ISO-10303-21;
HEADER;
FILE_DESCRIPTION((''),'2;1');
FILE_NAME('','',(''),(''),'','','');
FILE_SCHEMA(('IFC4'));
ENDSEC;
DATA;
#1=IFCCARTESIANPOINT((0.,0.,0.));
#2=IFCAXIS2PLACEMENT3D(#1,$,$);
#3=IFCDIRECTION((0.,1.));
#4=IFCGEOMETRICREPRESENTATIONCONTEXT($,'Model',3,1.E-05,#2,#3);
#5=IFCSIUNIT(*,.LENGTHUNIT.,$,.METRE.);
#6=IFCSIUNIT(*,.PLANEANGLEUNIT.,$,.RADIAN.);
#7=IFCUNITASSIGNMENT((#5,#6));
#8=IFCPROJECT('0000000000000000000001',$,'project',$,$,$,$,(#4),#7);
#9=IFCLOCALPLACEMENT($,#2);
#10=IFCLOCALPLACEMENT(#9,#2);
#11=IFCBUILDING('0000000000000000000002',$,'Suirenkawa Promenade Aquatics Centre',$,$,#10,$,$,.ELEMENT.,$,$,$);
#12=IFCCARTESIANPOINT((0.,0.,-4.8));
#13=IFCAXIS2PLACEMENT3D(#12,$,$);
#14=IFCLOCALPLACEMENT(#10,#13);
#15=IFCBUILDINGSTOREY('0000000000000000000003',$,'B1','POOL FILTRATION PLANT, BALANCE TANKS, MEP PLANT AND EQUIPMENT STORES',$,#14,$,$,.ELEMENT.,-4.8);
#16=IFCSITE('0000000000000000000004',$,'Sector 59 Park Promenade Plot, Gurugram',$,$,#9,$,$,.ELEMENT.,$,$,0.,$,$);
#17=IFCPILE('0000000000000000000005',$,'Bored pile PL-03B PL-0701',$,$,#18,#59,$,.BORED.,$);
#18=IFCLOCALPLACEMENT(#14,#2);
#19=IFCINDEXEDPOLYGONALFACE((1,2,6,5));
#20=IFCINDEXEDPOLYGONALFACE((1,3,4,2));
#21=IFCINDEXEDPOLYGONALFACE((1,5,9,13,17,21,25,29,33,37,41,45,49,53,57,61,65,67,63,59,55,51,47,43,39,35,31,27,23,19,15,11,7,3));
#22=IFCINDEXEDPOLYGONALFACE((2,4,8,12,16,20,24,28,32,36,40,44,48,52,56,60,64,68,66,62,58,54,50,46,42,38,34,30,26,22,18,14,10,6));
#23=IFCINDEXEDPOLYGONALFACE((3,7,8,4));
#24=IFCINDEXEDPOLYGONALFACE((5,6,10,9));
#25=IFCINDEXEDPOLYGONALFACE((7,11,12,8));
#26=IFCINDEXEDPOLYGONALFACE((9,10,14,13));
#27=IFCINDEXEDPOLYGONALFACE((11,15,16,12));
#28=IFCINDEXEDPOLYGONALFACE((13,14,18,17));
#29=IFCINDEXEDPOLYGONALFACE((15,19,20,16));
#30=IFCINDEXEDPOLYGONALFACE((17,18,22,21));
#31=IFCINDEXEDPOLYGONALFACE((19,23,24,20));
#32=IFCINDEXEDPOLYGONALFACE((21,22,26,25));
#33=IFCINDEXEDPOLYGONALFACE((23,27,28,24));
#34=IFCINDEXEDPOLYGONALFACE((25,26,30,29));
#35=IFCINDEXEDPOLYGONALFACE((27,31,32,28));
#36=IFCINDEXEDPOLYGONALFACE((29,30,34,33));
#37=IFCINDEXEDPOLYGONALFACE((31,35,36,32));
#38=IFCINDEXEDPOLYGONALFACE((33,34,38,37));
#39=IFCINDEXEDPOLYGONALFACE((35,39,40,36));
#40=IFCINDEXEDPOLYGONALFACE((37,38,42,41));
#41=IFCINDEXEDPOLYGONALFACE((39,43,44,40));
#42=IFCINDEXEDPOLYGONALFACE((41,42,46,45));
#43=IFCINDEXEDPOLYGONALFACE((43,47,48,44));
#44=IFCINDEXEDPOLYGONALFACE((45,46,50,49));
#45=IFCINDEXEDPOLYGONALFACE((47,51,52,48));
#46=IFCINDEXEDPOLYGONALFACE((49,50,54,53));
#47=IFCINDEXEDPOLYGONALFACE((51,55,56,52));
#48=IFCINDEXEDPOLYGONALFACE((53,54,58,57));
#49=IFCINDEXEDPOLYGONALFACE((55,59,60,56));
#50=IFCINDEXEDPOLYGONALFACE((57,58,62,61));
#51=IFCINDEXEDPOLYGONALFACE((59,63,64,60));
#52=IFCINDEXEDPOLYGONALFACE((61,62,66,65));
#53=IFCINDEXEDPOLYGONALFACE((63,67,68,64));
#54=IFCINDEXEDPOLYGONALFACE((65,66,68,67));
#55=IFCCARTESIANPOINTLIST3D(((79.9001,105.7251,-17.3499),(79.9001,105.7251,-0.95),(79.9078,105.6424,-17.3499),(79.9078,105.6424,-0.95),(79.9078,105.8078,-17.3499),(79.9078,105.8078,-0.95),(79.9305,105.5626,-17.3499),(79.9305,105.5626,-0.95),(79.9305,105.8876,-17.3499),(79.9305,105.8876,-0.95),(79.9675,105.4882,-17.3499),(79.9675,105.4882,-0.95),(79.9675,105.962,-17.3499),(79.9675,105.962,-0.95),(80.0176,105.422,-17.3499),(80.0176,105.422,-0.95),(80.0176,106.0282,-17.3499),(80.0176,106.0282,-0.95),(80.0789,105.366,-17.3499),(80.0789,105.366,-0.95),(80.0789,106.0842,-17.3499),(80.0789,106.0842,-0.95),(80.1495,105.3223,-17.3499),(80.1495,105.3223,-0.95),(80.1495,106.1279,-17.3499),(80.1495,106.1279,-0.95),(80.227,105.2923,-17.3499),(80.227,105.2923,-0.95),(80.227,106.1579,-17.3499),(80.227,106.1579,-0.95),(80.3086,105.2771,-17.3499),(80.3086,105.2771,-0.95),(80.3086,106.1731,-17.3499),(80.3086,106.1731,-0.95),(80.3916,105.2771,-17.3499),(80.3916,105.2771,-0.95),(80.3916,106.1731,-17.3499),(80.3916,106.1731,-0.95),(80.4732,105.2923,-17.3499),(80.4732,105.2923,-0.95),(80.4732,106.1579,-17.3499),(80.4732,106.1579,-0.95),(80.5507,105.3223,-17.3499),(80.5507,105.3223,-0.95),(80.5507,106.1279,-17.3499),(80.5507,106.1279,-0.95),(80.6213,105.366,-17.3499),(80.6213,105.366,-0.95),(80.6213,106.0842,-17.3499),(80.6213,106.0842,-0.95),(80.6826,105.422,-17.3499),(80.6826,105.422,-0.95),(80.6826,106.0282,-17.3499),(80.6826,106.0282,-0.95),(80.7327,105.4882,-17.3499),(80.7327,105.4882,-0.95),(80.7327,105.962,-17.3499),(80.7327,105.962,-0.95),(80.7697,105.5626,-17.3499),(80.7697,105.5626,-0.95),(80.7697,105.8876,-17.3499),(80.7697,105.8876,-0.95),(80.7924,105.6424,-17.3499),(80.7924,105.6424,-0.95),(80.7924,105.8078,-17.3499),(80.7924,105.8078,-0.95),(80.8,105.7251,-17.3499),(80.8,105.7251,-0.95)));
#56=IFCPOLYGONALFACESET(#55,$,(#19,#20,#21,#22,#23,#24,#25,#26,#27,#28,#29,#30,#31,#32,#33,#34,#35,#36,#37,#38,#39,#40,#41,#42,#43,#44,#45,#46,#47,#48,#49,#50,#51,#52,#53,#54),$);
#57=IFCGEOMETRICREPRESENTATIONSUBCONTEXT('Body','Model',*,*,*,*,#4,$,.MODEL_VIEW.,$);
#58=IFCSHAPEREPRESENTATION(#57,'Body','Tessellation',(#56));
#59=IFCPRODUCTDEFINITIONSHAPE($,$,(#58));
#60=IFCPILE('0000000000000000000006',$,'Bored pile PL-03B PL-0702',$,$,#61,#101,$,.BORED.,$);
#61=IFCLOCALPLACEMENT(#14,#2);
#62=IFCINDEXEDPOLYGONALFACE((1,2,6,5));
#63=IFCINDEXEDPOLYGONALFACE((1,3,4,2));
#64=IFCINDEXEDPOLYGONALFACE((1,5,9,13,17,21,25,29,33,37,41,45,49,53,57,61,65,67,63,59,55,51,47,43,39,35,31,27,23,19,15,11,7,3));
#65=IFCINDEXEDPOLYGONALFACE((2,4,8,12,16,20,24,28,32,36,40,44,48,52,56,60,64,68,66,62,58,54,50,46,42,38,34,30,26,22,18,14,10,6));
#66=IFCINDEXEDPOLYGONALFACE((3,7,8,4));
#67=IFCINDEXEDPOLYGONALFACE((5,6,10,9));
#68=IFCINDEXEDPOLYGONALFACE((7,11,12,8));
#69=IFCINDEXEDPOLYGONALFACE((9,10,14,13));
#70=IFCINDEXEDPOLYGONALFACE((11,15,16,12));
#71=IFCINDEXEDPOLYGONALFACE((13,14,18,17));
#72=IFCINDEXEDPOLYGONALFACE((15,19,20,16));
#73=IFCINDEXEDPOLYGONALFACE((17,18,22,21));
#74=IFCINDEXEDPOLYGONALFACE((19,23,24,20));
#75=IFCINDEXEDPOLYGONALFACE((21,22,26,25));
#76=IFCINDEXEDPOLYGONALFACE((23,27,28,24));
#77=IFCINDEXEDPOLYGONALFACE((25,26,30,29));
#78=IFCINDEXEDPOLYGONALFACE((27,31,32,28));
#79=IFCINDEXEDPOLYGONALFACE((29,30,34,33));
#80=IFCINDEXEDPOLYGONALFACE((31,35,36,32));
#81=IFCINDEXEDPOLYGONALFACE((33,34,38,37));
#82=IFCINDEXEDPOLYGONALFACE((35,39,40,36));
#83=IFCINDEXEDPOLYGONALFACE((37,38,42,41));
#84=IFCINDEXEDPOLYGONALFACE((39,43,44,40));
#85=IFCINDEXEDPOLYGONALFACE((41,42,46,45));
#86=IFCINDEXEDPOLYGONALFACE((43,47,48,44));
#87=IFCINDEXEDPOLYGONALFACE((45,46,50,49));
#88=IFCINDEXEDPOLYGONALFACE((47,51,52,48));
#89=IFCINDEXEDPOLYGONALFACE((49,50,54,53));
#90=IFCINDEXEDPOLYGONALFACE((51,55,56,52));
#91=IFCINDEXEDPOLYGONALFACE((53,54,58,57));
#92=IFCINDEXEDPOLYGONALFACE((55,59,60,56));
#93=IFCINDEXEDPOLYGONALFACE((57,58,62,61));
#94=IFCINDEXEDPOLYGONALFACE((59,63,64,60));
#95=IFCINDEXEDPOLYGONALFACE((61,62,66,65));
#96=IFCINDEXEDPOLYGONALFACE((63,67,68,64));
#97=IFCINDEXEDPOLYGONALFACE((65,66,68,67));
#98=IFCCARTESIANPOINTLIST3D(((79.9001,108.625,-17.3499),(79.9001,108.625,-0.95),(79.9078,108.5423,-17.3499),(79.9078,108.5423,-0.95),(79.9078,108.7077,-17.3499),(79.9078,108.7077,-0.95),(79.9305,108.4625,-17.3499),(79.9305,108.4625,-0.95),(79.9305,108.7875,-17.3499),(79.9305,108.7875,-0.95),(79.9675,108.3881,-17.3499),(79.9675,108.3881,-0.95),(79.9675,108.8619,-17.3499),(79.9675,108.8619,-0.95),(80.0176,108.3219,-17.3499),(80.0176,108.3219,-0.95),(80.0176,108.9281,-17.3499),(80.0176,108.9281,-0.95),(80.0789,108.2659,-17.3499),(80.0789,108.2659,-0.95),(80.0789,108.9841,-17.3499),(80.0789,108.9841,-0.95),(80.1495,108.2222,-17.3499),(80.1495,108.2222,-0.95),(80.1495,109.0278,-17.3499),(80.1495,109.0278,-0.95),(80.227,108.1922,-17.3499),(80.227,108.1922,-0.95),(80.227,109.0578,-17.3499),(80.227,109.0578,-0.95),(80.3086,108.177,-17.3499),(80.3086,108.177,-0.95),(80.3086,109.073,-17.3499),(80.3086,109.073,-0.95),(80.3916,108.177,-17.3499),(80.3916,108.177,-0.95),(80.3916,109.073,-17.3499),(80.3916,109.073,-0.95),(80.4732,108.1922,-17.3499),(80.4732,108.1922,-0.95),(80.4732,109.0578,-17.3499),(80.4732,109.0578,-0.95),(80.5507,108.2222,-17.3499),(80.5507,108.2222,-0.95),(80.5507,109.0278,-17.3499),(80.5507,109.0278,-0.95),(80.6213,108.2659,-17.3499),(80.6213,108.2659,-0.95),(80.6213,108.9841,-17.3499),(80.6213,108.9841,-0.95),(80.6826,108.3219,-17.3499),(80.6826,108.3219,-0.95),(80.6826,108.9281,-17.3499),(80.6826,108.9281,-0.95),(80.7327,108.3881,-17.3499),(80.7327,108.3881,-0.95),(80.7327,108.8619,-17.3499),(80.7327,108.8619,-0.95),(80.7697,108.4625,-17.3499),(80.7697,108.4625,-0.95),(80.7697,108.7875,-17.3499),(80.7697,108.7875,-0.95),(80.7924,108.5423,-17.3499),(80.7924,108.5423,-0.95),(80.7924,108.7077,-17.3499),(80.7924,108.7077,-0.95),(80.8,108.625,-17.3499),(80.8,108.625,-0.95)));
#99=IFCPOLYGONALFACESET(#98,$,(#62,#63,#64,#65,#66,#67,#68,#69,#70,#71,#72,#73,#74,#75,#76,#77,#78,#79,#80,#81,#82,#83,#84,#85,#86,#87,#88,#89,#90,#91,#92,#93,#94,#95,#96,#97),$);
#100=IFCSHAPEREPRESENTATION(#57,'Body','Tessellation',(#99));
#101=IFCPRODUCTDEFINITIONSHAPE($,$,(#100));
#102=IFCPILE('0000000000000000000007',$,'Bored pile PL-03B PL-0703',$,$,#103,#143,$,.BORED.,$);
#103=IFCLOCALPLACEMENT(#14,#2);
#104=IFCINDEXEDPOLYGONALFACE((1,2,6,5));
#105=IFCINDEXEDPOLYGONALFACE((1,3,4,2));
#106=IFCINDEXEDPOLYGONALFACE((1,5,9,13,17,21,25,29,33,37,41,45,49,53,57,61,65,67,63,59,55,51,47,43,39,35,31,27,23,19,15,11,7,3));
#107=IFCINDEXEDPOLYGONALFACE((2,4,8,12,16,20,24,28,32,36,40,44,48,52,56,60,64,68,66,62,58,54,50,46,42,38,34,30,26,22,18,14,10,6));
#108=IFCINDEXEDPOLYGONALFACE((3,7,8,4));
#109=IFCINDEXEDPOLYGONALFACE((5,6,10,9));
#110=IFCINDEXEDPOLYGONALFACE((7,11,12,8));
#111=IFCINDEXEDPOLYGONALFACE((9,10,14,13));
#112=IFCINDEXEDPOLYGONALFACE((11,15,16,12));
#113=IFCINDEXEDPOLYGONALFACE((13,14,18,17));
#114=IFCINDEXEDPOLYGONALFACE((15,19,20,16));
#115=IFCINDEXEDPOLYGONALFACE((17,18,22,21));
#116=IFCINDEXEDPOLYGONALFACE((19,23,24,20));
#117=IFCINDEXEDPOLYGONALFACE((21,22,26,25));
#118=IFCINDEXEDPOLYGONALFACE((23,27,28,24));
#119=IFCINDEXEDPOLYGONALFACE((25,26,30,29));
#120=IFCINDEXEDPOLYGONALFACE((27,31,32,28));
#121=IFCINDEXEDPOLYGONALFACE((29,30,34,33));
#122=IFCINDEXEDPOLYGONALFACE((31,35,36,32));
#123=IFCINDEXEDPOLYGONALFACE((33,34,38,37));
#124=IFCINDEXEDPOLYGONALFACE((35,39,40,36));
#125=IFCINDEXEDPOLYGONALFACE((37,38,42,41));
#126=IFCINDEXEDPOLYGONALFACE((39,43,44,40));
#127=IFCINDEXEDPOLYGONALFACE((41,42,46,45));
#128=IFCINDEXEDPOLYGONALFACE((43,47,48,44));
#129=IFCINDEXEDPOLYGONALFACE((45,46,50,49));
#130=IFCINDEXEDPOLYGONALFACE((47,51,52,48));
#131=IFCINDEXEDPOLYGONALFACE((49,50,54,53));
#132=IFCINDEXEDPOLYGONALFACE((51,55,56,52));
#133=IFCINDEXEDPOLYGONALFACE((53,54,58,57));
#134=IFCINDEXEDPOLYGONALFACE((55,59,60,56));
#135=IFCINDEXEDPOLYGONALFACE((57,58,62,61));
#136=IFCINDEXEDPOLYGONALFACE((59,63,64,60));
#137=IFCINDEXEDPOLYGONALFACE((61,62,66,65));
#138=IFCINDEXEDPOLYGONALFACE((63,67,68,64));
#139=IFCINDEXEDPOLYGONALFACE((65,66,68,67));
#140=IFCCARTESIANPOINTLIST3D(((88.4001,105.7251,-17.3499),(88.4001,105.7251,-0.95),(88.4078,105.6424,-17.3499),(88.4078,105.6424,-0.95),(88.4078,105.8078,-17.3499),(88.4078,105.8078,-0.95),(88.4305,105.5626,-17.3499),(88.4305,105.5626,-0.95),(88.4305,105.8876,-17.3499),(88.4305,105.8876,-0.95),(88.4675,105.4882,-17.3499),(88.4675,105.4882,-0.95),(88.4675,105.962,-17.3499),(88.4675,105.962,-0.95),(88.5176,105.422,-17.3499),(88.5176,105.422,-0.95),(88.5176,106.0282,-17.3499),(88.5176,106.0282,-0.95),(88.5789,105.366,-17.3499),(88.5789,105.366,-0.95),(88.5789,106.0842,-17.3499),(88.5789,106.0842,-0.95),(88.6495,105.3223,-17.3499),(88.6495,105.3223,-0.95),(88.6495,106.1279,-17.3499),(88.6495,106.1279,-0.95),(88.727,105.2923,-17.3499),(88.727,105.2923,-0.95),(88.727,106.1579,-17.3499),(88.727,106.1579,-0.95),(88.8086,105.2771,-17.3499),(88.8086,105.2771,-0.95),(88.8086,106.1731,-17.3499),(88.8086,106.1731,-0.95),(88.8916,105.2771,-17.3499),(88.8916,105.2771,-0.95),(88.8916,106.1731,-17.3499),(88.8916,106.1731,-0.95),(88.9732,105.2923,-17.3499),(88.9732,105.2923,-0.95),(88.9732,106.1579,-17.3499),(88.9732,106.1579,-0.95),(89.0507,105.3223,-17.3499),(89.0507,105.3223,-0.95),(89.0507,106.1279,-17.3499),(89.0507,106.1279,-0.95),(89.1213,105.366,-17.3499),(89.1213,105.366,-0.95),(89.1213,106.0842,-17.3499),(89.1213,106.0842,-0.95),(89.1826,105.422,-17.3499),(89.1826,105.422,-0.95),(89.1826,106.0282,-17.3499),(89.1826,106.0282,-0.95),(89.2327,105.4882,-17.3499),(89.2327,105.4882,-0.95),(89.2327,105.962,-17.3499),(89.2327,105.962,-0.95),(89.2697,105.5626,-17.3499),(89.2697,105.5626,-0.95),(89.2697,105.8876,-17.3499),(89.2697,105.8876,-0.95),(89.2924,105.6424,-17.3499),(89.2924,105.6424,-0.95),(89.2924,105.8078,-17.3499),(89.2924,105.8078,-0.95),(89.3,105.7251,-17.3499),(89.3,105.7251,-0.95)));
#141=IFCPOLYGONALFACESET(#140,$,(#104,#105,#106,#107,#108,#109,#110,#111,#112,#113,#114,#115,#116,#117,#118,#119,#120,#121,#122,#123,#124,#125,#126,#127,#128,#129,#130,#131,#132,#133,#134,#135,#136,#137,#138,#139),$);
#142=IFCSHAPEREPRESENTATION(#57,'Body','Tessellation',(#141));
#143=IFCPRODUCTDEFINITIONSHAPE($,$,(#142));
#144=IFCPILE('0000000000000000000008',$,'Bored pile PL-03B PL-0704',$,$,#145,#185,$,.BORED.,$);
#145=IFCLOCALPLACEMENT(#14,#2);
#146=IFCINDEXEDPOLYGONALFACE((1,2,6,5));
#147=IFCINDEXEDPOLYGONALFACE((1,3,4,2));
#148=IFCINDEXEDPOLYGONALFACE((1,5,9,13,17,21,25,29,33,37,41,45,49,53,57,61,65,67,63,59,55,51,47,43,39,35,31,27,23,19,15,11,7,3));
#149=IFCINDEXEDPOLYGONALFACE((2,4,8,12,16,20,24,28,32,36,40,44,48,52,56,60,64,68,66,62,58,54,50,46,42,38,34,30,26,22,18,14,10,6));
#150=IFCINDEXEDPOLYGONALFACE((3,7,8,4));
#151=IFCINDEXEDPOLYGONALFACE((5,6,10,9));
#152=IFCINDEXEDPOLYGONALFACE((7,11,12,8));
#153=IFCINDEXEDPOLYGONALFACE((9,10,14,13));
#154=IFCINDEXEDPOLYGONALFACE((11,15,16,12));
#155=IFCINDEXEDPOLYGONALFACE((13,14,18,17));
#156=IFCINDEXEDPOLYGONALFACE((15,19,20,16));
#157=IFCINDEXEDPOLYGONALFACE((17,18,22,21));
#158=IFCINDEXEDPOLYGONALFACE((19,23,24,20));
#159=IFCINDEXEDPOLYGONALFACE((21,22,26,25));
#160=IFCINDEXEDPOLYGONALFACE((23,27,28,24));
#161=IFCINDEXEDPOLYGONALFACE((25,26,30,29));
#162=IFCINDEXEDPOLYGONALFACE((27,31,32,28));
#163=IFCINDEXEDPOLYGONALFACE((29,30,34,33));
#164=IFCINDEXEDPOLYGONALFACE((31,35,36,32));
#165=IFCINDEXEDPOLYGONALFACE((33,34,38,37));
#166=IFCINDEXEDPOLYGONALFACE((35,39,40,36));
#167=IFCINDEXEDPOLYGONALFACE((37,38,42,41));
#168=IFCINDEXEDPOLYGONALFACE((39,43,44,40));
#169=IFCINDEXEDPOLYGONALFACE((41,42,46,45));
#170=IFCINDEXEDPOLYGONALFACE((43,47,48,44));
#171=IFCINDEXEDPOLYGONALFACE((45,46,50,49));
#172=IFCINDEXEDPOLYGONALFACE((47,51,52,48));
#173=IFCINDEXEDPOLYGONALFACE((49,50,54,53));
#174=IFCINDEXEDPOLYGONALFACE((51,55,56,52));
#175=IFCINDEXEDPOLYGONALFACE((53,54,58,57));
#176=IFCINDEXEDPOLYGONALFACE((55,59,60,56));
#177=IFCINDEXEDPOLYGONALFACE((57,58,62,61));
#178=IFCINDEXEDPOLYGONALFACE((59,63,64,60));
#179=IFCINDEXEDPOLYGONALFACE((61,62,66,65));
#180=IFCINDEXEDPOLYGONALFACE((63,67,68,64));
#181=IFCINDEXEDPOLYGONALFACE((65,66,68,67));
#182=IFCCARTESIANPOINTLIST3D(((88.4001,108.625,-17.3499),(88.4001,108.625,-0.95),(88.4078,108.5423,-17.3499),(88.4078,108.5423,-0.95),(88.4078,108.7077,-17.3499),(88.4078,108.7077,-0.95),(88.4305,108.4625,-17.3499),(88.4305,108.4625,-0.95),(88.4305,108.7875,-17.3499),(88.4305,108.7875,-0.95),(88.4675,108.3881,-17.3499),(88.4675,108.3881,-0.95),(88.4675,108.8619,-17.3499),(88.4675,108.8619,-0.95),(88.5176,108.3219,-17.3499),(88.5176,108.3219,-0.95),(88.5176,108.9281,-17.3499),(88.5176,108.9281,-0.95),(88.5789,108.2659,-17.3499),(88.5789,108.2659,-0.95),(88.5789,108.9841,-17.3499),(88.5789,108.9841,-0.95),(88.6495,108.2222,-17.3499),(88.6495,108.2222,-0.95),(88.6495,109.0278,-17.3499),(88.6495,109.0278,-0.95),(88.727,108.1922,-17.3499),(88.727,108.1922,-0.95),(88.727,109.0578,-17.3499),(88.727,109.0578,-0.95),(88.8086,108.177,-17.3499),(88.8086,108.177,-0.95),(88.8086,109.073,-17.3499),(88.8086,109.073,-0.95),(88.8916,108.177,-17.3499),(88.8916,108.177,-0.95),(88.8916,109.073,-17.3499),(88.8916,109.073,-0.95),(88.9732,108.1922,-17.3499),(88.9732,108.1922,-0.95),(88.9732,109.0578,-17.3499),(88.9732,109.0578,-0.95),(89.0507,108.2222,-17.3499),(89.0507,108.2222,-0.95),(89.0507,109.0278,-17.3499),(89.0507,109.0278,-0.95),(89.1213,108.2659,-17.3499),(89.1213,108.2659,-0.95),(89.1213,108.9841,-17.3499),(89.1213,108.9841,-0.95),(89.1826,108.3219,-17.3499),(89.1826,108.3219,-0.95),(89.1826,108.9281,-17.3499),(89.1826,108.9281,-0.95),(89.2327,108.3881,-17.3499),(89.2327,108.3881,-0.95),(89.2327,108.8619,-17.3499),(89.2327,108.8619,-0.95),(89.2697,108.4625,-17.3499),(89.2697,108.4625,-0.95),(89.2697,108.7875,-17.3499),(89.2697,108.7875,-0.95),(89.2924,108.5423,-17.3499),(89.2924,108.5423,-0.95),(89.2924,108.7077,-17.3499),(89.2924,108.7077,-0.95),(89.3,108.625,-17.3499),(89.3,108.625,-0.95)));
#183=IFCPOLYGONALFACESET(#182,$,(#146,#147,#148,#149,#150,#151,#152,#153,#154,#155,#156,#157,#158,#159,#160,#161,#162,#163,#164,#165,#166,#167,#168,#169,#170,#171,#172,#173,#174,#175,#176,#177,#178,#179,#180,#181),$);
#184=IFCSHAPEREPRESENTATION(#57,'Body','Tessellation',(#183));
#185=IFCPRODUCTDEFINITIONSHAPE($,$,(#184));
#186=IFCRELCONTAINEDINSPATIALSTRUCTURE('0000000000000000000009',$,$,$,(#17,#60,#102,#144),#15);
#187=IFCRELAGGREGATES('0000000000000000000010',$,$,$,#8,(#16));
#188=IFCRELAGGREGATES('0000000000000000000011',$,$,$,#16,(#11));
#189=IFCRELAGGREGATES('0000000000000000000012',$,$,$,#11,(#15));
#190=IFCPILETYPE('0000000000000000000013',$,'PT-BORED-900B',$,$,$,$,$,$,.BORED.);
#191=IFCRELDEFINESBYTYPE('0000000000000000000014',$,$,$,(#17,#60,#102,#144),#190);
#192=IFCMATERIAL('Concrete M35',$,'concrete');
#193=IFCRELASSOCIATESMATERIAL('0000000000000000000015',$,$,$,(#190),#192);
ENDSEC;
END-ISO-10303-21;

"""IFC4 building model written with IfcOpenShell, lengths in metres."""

from ifc_helpers import new_model, si_unit, direction, frame, origin, origin_2d, place, context, subcontext, project, spatial, circle, extrude, material, material_profile, profile_set, type_object, element, save


model = new_model("IFC4")

# Units and contexts
model_context = context("Model", 3, precision=1e-05, world=origin(), true_north=direction((0.0, 1.0)))
body_context = subcontext(model_context, "Body", "Model", "MODEL_VIEW")
ifc_project = project(units=[si_unit("LENGTHUNIT", "METRE"), si_unit("PLANEANGLEUNIT", "RADIAN")], contexts=[model_context])

# Site, building, storey
site_placement = place(None, origin())
site = spatial("IfcSite", under=ifc_project, at=site_placement, Name="Sector 59 Park Promenade Plot, Gurugram", CompositionType="ELEMENT", RefElevation=0.0)
building_placement = place(site_placement, origin())
building = spatial("IfcBuilding", under=site, at=building_placement, Name="Suirenkawa Promenade Aquatics Centre", CompositionType="ELEMENT")
storey_placement = place(building_placement, frame((0.0, 0.0, -4.8)))
storey = spatial("IfcBuildingStorey", under=building, at=storey_placement, Name="B1", Description="POOL FILTRATION PLANT, BALANCE TANKS, MEP PLANT AND EQUIPMENT STORES", CompositionType="ELEMENT", Elevation=-4.8)

# Shared definitions
ifc_material_1 = material(Name="Concrete M35", Category="concrete")

# Piles
ifc_material_profile_1 = material_profile(ifc_material_1, circle(Radius=0.45, at=origin_2d()), Name="PILE D900", Category="concrete")
ifc_profile_set_1 = profile_set([ifc_material_profile_1], Name="Concrete M35")
pile_type_1 = type_object("IfcPileType", Name="PT-BORED-900B", PredefinedType="BORED", material=ifc_profile_set_1)
for number, where, z_axis, x_axis, name in (
    (1, (80.3501, 105.7251, -0.95), (0.0, 0.0, -1.0), (1.0, 0.0, 0.0), "Bored pile PL-03B PL-0701"),
    (2, (80.3501, 108.625, -0.95), (0.0, 0.0, -1.0), (1.0, 0.0, 0.0), "Bored pile PL-03B PL-0702"),
    (3, (88.8501, 105.7251, -0.95), (0.0, 0.0, -1.0), (1.0, 0.0, 0.0), "Bored pile PL-03B PL-0703"),
    (4, (88.8501, 108.625, -0.95), (0.0, 0.0, -1.0), (1.0, 0.0, 0.0), "Bored pile PL-03B PL-0704"),
):
    element("IfcPile", number, at=place(storey_placement, frame(where, z_axis=z_axis, x_axis=x_axis)), inside=storey, type_object=pile_type_1, Name=name, PredefinedType="BORED", context=body_context, shape_type="SweptSolid", body=[
        extrude(circle(Radius=0.45, at=origin_2d()), origin(), (0.0, 0.0, 1.0), 16.3999),
    ])

save(model, "model.ifc")
